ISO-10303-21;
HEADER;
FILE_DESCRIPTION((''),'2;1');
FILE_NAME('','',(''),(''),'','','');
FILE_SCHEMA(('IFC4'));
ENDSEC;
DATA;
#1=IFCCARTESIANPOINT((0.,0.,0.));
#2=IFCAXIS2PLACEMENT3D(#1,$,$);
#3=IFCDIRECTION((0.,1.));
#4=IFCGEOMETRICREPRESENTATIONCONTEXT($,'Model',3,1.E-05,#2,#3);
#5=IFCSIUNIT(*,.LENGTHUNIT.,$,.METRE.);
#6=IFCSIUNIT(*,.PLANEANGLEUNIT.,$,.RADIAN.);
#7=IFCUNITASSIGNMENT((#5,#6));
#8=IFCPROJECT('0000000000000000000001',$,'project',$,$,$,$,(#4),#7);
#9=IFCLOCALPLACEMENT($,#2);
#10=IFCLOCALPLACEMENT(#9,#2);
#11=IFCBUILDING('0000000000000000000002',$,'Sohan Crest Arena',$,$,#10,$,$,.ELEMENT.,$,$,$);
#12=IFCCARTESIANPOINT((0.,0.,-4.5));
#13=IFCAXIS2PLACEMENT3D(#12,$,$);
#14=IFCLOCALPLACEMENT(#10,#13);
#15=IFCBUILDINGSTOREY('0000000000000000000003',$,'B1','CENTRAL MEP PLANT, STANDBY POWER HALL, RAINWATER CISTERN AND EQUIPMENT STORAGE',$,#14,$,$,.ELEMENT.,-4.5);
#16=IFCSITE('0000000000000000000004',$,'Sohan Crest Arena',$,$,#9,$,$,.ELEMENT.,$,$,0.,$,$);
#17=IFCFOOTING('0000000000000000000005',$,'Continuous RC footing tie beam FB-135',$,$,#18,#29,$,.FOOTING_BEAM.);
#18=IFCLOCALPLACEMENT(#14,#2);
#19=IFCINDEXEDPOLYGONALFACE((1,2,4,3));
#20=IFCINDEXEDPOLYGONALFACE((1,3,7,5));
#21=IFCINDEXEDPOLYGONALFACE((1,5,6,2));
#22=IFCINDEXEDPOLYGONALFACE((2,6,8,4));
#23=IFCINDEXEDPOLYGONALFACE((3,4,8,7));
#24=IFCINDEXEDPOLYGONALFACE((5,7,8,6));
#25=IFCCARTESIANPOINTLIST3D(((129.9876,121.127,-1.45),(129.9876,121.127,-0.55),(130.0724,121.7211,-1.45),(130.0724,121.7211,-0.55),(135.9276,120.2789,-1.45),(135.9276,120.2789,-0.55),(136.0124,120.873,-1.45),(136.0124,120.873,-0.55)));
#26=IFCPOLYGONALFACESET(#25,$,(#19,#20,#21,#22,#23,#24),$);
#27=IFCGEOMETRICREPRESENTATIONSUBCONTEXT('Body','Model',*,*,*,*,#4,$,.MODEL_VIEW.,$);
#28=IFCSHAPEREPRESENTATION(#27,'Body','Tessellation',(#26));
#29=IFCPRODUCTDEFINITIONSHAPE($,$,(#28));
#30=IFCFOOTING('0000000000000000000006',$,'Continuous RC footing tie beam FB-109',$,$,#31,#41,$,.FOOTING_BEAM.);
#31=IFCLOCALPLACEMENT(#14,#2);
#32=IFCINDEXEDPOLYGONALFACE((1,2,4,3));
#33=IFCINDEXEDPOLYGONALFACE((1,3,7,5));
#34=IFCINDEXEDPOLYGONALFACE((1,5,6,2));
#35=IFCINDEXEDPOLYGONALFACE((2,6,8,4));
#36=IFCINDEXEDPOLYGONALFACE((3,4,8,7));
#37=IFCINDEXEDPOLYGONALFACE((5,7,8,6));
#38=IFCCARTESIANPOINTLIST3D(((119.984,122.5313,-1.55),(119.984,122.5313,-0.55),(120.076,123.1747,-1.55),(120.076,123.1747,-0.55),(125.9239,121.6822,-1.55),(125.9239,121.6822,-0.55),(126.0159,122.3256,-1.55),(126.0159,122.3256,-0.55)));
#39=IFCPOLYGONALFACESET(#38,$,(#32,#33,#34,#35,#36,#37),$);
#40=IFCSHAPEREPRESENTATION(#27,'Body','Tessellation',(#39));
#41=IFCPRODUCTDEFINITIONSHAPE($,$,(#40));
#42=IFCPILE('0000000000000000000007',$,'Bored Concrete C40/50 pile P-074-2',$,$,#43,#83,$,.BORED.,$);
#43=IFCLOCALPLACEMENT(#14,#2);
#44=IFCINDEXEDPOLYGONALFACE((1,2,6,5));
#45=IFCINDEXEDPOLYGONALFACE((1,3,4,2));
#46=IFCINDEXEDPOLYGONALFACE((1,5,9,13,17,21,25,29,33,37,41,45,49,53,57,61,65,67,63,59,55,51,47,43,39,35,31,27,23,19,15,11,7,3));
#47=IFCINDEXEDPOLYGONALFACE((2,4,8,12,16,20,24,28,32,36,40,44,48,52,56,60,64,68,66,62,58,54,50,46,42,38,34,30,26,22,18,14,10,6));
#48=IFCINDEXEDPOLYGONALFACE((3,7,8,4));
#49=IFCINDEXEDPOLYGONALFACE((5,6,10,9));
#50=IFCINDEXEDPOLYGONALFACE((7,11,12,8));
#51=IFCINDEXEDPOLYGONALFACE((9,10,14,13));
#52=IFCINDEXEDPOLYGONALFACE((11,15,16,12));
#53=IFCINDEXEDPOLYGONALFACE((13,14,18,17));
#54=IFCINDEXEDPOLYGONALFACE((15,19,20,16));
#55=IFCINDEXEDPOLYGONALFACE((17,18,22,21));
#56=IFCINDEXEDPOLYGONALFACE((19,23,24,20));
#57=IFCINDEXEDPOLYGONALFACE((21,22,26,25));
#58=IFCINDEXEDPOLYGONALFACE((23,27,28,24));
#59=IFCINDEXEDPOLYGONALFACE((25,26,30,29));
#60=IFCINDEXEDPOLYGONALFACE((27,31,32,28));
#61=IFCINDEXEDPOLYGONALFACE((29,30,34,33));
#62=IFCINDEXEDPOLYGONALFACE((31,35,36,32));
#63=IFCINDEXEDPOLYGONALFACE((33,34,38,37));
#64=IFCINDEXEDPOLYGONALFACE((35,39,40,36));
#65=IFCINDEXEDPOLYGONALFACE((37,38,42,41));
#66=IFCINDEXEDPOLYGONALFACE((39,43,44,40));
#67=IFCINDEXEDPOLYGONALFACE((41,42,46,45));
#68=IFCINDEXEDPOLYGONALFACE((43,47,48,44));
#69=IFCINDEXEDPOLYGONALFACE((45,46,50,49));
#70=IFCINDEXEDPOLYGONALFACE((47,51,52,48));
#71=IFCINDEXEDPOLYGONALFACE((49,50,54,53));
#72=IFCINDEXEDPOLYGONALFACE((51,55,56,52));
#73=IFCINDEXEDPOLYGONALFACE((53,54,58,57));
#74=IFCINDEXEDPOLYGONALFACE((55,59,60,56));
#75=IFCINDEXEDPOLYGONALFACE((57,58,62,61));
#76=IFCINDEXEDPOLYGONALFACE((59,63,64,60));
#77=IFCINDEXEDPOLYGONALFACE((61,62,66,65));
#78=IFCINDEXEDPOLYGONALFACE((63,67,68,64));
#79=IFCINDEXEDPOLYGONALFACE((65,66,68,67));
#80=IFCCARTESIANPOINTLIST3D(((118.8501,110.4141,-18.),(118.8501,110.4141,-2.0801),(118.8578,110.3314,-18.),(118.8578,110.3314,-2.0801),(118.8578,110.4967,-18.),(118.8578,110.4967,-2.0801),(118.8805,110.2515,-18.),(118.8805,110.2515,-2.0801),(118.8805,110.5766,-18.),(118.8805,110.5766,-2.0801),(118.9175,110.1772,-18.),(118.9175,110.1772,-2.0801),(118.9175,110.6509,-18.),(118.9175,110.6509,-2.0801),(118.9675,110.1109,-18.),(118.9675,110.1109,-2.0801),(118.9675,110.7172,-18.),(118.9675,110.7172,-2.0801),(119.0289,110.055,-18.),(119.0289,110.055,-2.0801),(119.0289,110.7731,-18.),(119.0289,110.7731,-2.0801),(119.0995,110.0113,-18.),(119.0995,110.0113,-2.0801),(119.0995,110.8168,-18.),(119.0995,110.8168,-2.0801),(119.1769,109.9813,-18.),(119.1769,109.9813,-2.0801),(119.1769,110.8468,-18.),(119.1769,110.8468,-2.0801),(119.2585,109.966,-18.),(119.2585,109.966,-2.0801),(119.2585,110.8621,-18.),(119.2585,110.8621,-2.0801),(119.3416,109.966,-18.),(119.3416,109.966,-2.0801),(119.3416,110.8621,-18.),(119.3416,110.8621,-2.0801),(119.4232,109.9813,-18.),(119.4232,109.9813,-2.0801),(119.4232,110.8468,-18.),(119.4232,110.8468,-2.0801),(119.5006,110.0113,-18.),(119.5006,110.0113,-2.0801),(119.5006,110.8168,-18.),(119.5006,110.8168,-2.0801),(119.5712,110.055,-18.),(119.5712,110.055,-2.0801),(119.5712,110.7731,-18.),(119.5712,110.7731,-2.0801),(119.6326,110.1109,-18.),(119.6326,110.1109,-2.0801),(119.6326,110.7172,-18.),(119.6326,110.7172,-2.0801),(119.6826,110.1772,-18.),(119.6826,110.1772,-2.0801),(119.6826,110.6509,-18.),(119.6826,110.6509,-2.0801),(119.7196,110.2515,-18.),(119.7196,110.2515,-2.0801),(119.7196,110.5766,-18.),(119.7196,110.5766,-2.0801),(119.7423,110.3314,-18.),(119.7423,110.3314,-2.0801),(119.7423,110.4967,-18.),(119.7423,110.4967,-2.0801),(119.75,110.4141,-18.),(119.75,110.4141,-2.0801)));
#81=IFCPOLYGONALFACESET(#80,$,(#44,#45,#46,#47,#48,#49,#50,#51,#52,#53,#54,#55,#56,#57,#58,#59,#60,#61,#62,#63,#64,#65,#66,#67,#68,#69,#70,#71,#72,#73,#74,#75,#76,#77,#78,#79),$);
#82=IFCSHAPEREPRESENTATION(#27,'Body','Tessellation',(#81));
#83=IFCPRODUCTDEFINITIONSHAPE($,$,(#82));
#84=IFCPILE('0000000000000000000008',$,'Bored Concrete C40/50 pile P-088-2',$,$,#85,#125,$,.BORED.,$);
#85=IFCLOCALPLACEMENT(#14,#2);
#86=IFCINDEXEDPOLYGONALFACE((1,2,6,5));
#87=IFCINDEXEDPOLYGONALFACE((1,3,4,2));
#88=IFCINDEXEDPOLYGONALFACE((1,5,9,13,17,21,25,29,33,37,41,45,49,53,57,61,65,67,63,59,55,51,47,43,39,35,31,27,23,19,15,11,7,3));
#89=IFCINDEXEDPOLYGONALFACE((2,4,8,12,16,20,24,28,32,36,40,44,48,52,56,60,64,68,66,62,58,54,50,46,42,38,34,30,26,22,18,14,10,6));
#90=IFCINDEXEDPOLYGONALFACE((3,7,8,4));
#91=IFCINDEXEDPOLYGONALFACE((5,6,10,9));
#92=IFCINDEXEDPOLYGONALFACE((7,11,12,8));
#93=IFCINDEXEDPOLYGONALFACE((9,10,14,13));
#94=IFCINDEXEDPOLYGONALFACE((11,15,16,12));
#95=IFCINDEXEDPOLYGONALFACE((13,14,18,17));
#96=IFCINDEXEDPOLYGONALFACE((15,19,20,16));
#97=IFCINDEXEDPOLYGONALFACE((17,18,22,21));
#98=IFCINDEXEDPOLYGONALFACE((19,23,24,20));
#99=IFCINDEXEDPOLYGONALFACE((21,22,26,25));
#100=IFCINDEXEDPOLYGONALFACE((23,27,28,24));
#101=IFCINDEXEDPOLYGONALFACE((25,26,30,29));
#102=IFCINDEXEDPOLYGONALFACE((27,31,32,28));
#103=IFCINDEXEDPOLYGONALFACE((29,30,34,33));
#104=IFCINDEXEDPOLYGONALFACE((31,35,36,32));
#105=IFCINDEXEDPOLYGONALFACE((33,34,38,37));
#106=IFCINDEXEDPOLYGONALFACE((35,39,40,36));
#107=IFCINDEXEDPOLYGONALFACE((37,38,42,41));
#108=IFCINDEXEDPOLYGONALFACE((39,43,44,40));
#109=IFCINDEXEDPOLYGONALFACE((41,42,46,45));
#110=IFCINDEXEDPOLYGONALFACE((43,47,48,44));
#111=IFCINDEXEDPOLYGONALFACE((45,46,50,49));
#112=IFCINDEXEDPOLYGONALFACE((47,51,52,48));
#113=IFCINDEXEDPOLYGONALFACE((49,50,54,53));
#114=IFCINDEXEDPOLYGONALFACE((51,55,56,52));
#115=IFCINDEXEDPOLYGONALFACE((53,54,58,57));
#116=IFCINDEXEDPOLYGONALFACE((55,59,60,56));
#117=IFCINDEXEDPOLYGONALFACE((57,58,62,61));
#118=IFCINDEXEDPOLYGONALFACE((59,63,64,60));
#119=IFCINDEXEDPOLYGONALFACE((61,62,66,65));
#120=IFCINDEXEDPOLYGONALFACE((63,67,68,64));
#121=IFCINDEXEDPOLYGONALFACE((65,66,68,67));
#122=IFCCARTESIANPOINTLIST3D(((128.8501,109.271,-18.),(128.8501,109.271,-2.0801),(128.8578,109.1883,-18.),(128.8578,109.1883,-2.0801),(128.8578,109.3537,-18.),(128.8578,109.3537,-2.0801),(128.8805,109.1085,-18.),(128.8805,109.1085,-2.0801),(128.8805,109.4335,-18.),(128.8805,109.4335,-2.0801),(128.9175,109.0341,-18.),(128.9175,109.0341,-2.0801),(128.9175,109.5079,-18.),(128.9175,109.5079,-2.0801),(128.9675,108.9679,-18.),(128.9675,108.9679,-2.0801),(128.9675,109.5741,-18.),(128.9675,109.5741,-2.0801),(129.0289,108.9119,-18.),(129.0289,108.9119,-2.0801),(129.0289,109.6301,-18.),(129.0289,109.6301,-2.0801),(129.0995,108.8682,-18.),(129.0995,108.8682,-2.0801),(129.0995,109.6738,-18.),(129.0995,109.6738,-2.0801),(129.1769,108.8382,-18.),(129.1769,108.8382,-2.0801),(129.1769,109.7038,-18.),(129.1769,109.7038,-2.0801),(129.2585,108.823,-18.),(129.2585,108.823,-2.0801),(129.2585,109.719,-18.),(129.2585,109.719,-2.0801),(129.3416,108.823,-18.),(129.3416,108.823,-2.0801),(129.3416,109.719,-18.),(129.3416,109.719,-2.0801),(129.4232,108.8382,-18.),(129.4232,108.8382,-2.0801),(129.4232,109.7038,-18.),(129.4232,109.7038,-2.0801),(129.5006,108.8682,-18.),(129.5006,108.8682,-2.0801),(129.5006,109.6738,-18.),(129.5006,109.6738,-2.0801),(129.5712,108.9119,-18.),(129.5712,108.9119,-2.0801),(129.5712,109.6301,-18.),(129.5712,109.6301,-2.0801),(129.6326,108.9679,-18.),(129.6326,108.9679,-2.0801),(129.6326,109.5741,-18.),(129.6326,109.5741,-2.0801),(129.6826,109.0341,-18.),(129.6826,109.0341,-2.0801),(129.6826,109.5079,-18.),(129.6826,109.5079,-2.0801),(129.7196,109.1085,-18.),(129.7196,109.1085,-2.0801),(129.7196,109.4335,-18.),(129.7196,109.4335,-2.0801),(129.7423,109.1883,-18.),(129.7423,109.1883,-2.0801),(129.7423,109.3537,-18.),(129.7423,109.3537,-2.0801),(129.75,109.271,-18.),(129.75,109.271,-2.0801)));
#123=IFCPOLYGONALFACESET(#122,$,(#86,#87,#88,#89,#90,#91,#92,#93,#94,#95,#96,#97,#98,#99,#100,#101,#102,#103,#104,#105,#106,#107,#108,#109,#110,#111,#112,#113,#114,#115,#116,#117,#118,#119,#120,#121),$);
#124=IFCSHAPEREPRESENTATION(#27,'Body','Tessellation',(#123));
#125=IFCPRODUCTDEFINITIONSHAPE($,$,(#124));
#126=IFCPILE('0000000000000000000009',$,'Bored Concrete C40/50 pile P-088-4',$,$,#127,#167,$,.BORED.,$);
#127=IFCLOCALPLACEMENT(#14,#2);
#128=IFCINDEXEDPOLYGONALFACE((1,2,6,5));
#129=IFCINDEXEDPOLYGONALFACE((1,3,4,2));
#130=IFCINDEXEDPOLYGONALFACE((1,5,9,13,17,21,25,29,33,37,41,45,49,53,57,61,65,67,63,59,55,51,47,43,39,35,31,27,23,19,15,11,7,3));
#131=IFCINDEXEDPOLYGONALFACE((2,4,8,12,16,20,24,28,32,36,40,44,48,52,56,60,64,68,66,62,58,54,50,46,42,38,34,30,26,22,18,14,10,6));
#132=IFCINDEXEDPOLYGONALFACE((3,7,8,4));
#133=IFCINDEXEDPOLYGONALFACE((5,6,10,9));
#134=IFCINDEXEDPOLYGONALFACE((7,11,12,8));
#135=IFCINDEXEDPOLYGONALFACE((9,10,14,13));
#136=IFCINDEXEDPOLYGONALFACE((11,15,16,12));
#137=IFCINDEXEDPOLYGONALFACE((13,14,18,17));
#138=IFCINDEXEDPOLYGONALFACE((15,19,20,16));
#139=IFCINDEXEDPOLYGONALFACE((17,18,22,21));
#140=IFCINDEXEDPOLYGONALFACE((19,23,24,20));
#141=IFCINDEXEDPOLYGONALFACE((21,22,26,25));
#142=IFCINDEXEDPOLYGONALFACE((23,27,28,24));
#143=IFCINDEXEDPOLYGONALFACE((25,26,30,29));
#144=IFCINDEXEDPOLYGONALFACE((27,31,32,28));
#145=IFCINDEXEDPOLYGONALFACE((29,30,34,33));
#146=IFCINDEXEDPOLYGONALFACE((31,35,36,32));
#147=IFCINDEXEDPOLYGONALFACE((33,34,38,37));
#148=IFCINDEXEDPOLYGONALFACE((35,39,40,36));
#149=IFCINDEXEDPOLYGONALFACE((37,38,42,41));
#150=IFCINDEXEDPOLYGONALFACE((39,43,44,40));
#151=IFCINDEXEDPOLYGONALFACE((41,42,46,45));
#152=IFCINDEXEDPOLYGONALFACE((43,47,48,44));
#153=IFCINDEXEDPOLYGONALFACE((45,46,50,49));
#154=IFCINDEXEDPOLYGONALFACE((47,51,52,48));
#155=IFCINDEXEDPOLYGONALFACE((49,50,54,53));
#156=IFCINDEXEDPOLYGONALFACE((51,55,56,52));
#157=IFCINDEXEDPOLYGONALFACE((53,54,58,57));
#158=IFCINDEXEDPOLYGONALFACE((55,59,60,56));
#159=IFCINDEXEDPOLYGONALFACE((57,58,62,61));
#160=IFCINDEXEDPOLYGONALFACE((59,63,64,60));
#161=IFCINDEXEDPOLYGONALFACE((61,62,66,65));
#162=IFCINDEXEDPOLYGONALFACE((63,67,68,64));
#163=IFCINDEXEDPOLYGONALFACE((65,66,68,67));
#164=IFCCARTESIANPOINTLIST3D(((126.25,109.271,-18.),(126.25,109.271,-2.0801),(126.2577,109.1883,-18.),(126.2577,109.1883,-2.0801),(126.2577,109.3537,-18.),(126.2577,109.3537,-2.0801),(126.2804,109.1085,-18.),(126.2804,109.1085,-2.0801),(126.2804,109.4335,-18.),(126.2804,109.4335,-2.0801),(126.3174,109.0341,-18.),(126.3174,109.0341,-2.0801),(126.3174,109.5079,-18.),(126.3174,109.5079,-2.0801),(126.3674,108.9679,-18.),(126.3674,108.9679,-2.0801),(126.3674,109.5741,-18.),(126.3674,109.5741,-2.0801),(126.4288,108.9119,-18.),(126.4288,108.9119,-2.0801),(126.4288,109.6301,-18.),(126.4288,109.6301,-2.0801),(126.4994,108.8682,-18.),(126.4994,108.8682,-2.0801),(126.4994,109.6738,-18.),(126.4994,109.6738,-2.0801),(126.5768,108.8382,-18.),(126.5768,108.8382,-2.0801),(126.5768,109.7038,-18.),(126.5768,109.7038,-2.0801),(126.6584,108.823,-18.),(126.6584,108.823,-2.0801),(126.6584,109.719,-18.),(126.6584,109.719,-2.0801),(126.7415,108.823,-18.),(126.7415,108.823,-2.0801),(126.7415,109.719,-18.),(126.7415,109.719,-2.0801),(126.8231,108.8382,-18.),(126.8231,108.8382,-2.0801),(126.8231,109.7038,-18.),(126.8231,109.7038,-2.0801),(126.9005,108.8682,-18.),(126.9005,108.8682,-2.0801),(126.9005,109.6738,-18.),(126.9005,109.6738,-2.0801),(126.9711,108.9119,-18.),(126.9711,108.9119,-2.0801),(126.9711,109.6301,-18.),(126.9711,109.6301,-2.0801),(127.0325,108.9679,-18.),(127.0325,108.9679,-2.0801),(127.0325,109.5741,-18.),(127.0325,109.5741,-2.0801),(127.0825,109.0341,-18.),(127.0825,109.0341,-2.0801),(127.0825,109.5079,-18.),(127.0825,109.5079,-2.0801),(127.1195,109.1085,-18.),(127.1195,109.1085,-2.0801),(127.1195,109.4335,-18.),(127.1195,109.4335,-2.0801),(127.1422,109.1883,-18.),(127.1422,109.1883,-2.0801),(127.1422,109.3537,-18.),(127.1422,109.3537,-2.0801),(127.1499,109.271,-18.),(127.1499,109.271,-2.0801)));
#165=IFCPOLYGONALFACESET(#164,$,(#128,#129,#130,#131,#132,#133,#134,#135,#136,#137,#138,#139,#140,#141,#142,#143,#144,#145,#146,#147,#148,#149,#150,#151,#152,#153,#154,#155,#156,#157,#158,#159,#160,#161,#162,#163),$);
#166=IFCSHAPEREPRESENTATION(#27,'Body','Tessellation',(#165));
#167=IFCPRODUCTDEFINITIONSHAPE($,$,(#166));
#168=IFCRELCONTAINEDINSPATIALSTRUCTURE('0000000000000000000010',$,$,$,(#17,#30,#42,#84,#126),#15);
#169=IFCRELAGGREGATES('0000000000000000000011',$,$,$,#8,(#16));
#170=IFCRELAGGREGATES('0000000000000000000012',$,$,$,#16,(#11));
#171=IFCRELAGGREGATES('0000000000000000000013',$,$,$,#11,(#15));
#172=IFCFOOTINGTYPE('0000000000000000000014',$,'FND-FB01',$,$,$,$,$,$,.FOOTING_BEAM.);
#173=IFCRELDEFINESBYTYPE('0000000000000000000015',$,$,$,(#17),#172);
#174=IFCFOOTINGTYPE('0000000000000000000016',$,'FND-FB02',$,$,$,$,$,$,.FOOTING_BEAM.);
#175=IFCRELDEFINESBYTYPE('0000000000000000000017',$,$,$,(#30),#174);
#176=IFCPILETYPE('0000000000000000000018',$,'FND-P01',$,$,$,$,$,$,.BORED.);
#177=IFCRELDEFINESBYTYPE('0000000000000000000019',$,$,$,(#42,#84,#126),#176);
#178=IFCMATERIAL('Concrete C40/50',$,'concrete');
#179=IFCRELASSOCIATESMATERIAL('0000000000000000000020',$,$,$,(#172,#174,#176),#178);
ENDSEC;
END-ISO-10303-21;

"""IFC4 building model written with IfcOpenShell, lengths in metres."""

from ifc_helpers import new_model, si_unit, direction, frame, origin, origin_2d, place, context, subcontext, project, spatial, rectangle, circle, extrude, material, material_profile, profile_set, type_object, element, save


model = new_model("IFC4")

# Units and contexts
model_context = context("Model", 3, precision=1e-05, world=origin(), true_north=direction((0.0, 1.0)))
body_context = subcontext(model_context, "Body", "Model", "MODEL_VIEW")
ifc_project = project(units=[si_unit("LENGTHUNIT", "METRE"), si_unit("PLANEANGLEUNIT", "RADIAN")], contexts=[model_context])

# Site, building, storey
site_placement = place(None, origin())
site = spatial("IfcSite", under=ifc_project, at=site_placement, Name="Sohan Crest Arena", CompositionType="ELEMENT", RefElevation=0.0)
building_placement = place(site_placement, origin())
building = spatial("IfcBuilding", under=site, at=building_placement, Name="Sohan Crest Arena", CompositionType="ELEMENT")
storey_placement = place(building_placement, frame((0.0, 0.0, -4.5)))
storey = spatial("IfcBuildingStorey", under=building, at=storey_placement, Name="B1", Description="CENTRAL MEP PLANT, STANDBY POWER HALL, RAINWATER CISTERN AND EQUIPMENT STORAGE", CompositionType="ELEMENT", Elevation=-4.5)

# Footings
ifc_material_1 = material(Name="Concrete C40/50", Category="concrete")
ifc_material_profile_1 = material_profile(ifc_material_1, rectangle(XDim=0.6001, YDim=0.8999, at=origin_2d()), Name="RC-FB 600x900")
ifc_profile_set_1 = profile_set([ifc_material_profile_1], Name="Concrete C40/50")
footing_type_1 = type_object("IfcFootingType", Name="FND-FB01", PredefinedType="FOOTING_BEAM", material=ifc_profile_set_1)
footing_1_placement = place(storey_placement, frame((130.03, 121.4241, -1.0), z_axis=(0.989959, -0.141353, 0.0), x_axis=(0.141353, 0.989959, 0.0)))
element("IfcFooting", 1, at=footing_1_placement, inside=storey, type_object=footing_type_1, Name="Continuous RC footing tie beam FB-135", PredefinedType="FOOTING_BEAM", context=body_context, shape_type="SweptSolid", body=[
    extrude(rectangle(XDim=0.6001, YDim=0.8999, at=origin_2d()), origin(), (0.0, 0.0, 1.0), 6.0002),
])
ifc_material_profile_2 = material_profile(ifc_material_1, rectangle(XDim=0.6499, YDim=1.0, at=origin_2d()), Name="RC-FB 650x1000")
ifc_profile_set_2 = profile_set([ifc_material_profile_2], Name="Concrete C40/50")
footing_type_2 = type_object("IfcFootingType", Name="FND-FB02", PredefinedType="FOOTING_BEAM", material=ifc_profile_set_2)
footing_2_placement = place(storey_placement, frame((120.03, 122.853, -1.05), z_axis=(0.989936, -0.141512, 0.0), x_axis=(0.141512, 0.989936, 0.0)))
element("IfcFooting", 2, at=footing_2_placement, inside=storey, type_object=footing_type_2, Name="Continuous RC footing tie beam FB-109", PredefinedType="FOOTING_BEAM", context=body_context, shape_type="SweptSolid", body=[
    extrude(rectangle(XDim=0.6499, YDim=1.0, at=origin_2d()), origin(), (0.0, 0.0, 1.0), 6.0002),
])

# Piles
ifc_material_profile_3 = material_profile(ifc_material_1, circle(Radius=0.45, at=origin_2d()), Name="PILE D900")
ifc_profile_set_3 = profile_set([ifc_material_profile_3], Name="Concrete C40/50")
pile_type_1 = type_object("IfcPileType", Name="FND-P01", PredefinedType="BORED", material=ifc_profile_set_3)
for number, where, z_axis, x_axis, name in (
    (3, (119.3, 110.4141, -18.0), (0.0, 0.0, 1.0), (1.0, 0.0, 0.0), "Bored Concrete C40/50 pile P-074-2"),
    (4, (129.3, 109.271, -18.0), (0.0, 0.0, 1.0), (1.0, 0.0, 0.0), "Bored Concrete C40/50 pile P-088-2"),
    (5, (126.7, 109.271, -18.0), (0.0, 0.0, 1.0), (1.0, 0.0, 0.0), "Bored Concrete C40/50 pile P-088-4"),
):
    element("IfcPile", number, at=place(storey_placement, frame(where, z_axis=z_axis, x_axis=x_axis)), inside=storey, type_object=pile_type_1, Name=name, PredefinedType="BORED", context=body_context, shape_type="SweptSolid", body=[
        extrude(circle(Radius=0.45, at=origin_2d()), origin(), (0.0, 0.0, 1.0), 15.9199),
    ])

save(model, "model.ifc")
